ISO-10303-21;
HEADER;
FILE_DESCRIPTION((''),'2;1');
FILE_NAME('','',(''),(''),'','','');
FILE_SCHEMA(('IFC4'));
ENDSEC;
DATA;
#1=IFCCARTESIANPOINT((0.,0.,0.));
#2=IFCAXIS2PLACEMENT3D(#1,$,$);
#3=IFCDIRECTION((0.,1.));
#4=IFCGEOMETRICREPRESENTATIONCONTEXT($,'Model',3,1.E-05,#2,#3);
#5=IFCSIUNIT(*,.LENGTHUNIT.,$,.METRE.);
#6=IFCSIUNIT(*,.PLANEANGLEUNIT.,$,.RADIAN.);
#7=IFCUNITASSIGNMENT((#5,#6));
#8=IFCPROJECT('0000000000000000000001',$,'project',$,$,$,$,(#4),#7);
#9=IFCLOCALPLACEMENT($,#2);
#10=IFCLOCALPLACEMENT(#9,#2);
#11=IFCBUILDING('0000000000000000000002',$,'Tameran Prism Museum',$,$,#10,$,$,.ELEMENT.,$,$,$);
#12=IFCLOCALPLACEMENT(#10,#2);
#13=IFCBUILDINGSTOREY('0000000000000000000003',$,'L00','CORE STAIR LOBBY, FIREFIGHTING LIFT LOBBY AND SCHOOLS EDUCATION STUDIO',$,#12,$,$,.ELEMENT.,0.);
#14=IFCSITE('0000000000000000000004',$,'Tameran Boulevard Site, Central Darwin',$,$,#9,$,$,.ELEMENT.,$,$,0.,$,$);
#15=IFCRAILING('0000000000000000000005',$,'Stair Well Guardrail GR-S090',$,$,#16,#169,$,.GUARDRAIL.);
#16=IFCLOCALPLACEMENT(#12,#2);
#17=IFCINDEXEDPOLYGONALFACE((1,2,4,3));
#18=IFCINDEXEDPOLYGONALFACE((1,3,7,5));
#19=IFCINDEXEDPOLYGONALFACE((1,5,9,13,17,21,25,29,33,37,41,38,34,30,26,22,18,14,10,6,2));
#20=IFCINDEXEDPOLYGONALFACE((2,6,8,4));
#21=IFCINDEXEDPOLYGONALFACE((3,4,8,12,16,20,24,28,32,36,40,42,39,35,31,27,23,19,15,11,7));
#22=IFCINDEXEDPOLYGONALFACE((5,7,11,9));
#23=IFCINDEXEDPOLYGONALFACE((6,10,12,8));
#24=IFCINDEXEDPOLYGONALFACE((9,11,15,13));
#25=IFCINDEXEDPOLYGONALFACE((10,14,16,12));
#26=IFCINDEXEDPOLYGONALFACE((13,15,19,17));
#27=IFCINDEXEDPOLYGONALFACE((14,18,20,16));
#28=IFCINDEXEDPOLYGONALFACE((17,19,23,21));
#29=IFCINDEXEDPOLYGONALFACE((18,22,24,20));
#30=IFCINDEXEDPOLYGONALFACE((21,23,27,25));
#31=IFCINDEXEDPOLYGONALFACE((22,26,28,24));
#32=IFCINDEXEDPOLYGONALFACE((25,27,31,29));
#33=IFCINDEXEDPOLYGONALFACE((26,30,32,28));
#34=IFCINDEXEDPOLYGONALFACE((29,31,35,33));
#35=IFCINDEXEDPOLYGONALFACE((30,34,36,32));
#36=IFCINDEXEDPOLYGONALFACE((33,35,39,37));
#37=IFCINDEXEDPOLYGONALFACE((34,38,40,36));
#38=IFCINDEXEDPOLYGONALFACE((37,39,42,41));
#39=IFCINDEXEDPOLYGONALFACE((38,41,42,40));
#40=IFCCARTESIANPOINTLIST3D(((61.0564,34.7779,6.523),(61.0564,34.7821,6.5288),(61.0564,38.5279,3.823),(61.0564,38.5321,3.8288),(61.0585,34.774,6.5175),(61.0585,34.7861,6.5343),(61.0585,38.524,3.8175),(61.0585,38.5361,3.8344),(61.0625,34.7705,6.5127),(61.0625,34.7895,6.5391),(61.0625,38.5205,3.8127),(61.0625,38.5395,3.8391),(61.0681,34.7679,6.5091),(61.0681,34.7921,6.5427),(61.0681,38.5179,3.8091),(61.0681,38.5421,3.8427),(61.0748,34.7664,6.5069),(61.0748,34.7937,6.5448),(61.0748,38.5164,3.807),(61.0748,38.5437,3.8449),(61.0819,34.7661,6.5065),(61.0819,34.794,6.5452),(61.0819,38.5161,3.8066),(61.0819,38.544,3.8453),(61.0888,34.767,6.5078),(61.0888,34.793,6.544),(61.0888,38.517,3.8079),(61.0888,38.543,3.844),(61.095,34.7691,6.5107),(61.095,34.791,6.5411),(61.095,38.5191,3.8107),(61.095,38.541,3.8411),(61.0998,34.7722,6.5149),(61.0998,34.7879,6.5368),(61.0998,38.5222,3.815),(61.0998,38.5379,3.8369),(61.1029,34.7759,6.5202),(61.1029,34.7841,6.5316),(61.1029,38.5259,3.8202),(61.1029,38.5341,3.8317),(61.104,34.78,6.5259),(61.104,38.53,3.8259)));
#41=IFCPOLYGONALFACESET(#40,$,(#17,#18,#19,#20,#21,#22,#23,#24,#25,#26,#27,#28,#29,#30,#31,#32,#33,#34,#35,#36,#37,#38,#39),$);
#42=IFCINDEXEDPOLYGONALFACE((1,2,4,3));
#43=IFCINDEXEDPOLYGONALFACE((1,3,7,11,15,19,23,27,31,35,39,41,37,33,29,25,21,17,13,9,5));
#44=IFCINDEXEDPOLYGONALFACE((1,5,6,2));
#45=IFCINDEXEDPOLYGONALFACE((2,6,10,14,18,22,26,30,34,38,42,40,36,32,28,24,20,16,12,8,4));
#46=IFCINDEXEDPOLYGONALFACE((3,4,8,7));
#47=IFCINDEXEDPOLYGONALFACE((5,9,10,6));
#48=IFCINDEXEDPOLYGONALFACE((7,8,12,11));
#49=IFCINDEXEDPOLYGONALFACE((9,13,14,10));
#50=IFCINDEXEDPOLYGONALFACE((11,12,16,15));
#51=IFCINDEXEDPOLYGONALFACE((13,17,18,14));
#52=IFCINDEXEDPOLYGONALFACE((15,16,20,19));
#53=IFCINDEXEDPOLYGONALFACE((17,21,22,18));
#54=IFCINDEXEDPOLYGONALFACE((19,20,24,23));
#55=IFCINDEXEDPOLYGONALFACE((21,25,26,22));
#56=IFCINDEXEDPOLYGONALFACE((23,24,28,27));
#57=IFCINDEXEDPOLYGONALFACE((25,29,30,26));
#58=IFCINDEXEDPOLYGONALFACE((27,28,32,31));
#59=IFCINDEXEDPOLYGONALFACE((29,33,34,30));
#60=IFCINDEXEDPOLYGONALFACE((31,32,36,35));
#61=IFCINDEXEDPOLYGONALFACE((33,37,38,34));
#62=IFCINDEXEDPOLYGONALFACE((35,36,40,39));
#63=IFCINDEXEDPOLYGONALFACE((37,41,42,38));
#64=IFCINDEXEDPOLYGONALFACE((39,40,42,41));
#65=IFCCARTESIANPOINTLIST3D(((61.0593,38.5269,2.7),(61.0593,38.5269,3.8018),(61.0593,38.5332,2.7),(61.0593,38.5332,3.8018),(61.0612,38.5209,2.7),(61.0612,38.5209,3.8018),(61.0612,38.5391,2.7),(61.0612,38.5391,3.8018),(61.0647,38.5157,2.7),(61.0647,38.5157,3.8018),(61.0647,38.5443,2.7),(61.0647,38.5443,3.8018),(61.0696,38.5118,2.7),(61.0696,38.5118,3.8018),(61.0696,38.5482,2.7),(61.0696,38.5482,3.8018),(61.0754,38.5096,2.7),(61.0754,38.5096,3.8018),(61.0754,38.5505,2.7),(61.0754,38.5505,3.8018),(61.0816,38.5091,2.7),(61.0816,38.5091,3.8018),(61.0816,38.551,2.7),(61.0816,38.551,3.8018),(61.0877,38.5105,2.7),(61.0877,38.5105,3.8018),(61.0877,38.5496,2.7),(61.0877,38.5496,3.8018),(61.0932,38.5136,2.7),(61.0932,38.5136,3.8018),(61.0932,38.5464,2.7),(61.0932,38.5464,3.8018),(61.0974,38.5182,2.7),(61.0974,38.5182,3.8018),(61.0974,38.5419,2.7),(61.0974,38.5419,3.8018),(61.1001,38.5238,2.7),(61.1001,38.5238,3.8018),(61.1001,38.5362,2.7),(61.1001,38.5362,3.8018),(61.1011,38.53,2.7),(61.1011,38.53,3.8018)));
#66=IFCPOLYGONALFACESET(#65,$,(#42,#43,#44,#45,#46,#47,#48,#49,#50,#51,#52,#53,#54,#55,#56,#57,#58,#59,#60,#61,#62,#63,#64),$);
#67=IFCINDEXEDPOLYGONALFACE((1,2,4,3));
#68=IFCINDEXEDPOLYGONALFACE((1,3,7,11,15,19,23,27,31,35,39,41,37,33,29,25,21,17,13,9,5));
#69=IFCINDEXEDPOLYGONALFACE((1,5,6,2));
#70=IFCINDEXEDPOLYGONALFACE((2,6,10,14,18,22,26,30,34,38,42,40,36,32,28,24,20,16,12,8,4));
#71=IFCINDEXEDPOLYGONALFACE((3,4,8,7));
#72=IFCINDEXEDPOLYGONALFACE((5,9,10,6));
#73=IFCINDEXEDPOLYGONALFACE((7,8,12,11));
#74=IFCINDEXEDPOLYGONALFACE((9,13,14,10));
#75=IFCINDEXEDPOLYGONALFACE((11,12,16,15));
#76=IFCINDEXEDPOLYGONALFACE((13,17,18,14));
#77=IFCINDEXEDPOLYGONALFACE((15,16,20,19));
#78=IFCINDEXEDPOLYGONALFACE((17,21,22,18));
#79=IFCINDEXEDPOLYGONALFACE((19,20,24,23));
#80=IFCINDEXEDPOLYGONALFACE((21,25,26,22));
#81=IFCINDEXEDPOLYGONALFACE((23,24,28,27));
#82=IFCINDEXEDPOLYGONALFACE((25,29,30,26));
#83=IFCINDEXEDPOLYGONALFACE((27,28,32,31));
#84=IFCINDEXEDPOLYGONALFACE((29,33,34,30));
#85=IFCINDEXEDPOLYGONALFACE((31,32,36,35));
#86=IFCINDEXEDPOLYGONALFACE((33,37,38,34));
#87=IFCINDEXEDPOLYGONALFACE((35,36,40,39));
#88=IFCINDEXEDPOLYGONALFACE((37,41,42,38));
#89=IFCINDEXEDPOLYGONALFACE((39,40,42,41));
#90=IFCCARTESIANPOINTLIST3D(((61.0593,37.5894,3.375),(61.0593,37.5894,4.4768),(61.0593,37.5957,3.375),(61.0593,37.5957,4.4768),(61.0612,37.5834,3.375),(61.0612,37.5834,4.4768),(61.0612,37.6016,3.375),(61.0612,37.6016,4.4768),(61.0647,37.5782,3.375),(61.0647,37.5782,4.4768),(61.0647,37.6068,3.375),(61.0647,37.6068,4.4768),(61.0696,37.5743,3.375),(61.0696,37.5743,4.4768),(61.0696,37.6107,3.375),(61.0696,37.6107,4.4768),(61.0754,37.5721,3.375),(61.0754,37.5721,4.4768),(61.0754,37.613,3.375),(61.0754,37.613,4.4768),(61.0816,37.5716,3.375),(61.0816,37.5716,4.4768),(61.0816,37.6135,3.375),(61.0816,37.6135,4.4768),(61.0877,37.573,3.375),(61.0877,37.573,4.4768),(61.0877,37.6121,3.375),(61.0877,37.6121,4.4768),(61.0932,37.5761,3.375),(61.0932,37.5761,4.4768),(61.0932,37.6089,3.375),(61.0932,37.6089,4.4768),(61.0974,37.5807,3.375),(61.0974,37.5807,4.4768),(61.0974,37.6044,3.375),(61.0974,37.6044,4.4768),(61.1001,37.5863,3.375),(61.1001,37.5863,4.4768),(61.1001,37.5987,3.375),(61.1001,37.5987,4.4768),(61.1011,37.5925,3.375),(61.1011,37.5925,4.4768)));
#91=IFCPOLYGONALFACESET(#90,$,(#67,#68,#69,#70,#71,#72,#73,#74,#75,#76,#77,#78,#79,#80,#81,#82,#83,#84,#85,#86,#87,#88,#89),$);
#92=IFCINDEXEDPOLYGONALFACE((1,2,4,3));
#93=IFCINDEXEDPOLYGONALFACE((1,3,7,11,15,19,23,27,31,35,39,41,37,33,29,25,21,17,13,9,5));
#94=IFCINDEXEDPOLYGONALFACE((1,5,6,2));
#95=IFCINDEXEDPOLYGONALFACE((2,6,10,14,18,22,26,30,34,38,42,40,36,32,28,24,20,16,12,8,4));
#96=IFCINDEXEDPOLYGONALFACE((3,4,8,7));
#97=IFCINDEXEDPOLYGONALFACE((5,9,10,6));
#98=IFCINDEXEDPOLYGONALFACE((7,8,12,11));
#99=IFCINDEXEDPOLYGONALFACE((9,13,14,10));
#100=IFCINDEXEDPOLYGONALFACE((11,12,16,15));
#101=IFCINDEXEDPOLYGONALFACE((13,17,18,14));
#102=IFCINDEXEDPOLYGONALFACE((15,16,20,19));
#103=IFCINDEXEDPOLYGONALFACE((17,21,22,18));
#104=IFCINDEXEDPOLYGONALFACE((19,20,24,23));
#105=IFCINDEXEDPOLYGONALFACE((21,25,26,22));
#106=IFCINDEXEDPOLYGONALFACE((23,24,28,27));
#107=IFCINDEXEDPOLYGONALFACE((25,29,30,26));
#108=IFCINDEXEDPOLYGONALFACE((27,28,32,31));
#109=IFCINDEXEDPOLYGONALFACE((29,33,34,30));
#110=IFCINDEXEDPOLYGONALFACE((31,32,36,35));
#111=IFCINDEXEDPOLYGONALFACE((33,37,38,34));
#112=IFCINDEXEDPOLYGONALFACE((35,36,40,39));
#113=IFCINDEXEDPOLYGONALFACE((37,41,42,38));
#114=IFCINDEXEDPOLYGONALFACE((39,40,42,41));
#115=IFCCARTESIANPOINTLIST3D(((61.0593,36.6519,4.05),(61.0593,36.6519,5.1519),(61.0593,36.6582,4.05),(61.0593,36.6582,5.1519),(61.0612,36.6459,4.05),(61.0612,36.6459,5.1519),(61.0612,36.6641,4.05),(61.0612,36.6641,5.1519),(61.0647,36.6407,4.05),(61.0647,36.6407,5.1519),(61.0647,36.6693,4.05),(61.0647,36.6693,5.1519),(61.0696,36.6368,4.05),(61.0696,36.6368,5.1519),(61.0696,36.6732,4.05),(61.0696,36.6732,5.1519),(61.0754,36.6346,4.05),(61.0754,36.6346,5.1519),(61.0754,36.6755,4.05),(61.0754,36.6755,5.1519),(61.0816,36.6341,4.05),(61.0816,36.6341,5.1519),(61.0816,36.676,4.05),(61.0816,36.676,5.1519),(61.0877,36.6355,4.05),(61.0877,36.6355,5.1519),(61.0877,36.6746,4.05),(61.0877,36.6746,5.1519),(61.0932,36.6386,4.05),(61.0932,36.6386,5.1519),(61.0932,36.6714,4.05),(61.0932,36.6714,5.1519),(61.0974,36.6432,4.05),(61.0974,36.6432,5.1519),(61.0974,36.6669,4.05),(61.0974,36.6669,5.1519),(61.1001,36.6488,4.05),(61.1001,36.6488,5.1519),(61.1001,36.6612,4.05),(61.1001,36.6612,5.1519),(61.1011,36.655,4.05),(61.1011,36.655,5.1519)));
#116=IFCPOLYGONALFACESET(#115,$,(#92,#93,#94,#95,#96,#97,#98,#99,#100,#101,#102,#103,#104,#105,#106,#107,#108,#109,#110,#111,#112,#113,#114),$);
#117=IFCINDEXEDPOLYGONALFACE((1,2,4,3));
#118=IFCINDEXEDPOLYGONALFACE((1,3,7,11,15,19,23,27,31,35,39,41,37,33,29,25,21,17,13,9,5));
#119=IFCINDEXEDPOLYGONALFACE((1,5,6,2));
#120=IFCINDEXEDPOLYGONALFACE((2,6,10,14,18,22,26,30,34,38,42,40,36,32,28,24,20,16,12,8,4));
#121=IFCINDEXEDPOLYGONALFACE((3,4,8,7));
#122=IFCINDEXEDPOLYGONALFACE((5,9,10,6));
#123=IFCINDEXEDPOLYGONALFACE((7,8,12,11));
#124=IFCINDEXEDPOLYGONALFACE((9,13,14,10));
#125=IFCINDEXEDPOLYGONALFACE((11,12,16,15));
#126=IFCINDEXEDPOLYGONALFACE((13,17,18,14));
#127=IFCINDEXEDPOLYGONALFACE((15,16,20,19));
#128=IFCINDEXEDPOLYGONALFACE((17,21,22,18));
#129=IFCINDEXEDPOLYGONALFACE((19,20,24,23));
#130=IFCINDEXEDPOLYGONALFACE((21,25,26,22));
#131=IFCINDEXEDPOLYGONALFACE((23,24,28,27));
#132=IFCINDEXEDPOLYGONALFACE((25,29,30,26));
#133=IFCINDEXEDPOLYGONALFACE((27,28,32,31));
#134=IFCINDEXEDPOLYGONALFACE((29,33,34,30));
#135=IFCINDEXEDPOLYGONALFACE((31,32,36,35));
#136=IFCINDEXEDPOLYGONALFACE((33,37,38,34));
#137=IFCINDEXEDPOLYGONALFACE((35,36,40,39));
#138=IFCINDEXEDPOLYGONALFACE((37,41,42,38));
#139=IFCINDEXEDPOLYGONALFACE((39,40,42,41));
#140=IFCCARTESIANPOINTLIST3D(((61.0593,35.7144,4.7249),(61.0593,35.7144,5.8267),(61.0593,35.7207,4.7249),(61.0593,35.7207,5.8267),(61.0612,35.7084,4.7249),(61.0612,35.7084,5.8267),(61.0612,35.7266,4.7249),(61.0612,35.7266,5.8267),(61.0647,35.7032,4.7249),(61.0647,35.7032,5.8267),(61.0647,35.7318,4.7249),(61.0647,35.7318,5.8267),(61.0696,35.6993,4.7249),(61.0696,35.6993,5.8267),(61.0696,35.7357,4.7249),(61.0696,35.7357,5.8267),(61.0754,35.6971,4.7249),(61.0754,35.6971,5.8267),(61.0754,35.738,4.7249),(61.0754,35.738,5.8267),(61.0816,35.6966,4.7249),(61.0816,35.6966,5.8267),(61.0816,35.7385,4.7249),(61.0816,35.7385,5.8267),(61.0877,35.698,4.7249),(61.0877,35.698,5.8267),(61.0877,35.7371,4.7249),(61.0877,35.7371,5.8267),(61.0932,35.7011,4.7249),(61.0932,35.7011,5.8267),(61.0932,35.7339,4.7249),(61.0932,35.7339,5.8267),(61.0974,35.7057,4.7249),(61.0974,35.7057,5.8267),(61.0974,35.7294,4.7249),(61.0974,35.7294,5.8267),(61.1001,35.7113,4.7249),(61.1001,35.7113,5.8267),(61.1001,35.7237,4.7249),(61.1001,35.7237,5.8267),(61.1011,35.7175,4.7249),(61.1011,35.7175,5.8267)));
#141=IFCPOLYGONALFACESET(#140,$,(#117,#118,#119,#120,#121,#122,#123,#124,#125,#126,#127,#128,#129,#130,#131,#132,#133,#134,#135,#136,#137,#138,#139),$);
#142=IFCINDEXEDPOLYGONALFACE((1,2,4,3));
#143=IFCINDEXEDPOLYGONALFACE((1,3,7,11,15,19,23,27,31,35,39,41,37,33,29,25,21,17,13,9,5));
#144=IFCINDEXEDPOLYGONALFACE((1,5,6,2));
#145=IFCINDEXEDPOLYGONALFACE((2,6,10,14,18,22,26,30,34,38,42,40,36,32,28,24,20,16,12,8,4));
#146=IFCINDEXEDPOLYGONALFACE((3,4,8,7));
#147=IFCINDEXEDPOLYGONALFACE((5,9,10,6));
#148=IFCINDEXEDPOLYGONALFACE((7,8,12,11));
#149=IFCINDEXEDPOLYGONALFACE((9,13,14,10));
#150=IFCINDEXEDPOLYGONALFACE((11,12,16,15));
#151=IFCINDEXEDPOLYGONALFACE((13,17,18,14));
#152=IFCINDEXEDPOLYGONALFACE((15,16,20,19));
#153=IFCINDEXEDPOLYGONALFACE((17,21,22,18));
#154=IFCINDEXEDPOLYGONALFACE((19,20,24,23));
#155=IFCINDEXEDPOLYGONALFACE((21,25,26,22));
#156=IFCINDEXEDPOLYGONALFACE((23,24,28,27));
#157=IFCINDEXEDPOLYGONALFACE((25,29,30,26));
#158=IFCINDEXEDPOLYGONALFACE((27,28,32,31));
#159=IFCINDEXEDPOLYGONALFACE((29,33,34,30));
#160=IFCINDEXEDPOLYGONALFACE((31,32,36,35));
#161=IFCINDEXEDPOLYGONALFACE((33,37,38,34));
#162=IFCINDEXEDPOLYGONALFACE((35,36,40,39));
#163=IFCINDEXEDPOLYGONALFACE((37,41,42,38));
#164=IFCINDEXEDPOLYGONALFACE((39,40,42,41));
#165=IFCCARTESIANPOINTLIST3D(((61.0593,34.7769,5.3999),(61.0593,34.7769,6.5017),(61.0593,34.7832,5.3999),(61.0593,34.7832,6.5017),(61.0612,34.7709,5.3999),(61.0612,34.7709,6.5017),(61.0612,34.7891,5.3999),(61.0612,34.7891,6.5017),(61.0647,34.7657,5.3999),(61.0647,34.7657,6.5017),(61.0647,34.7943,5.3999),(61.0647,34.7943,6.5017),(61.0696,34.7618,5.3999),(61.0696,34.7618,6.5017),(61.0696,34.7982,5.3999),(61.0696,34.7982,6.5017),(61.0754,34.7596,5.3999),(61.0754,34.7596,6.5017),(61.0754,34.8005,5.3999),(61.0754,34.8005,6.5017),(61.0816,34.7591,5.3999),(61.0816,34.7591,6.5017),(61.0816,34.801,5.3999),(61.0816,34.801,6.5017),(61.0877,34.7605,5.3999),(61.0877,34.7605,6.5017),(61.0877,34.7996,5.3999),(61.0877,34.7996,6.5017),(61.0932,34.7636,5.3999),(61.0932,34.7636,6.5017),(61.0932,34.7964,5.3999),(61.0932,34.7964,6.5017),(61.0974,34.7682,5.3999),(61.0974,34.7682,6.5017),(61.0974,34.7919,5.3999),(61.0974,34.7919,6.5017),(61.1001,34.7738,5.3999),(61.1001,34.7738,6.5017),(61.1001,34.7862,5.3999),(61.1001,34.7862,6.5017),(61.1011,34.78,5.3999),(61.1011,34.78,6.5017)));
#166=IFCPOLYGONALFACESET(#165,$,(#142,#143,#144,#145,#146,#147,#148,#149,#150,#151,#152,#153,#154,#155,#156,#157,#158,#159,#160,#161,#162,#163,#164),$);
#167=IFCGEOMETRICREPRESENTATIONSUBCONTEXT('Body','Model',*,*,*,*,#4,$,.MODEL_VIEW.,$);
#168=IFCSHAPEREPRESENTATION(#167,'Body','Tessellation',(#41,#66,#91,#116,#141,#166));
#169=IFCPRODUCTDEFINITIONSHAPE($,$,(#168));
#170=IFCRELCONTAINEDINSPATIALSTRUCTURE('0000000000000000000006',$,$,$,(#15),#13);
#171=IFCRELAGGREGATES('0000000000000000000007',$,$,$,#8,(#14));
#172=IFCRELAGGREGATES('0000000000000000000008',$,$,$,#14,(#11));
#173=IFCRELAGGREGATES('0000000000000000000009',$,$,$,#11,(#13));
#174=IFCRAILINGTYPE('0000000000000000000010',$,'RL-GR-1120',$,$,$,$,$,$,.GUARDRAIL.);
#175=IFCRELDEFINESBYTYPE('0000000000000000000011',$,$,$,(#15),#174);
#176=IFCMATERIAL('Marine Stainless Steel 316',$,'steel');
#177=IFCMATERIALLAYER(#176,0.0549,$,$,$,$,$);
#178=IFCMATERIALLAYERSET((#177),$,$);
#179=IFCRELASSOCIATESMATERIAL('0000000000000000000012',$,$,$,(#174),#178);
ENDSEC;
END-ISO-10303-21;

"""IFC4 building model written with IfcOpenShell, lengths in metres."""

from ifc_helpers import new_model, si_unit, direction, frame, origin, origin_2d, place, context, subcontext, project, spatial, circle, extrude, material, layer, layer_set, type_object, element, save


model = new_model("IFC4")

# Units and contexts
model_context = context("Model", 3, precision=1e-05, world=origin(), true_north=direction((0.0, 1.0)))
body_context = subcontext(model_context, "Body", "Model", "MODEL_VIEW")
ifc_project = project(units=[si_unit("LENGTHUNIT", "METRE"), si_unit("PLANEANGLEUNIT", "RADIAN")], contexts=[model_context])

# Site, building, storey
site_placement = place(None, origin())
site = spatial("IfcSite", under=ifc_project, at=site_placement, Name="Tameran Boulevard Site, Central Darwin", CompositionType="ELEMENT", RefElevation=0.0)
building_placement = place(site_placement, origin())
building = spatial("IfcBuilding", under=site, at=building_placement, Name="Tameran Prism Museum", CompositionType="ELEMENT")
storey_placement = place(building_placement, origin())
storey = spatial("IfcBuildingStorey", under=building, at=storey_placement, Name="L00", Description="CORE STAIR LOBBY, FIREFIGHTING LIFT LOBBY AND SCHOOLS EDUCATION STUDIO", CompositionType="ELEMENT", Elevation=0.0)

# Railing
ifc_material_1 = material(Name="Marine Stainless Steel 316", Category="steel")
ifc_layer_1 = layer(ifc_material_1, 0.0549)
ifc_layer_set_1 = layer_set([ifc_layer_1])
railing_type_1 = type_object("IfcRailingType", Name="RL-GR-1120", PredefinedType="GUARDRAIL", material=ifc_layer_set_1)
railing_1_placement = place(storey_placement, frame((61.0801, 38.53, 2.7)))
element("IfcRailing", 1, at=railing_1_placement, inside=storey, type_object=railing_type_1, Name="Stair Well Guardrail GR-S090", PredefinedType="GUARDRAIL", context=body_context, shape_type="SweptSolid", body=[
    extrude(circle(Radius=0.0239, at=origin_2d()), frame((0.0, 0.0, 1.126), z_axis=(0.0, -0.811539, 0.584298), x_axis=(1.0, 0.0, 0.0)), (0.0, 0.0, 1.0), 4.6208),
    extrude(circle(Radius=0.021, at=origin_2d()), origin(), (0.0, 0.0, 1.0), 1.1018),
    extrude(circle(Radius=0.021, at=origin_2d()), frame((0.0, -0.9375, 0.675)), (0.0, 0.0, 1.0), 1.1018),
    extrude(circle(Radius=0.021, at=origin_2d()), frame((0.0, -1.875, 1.3501)), (0.0, 0.0, 1.0), 1.1018),
    extrude(circle(Radius=0.021, at=origin_2d()), frame((0.0, -2.8125, 2.0249)), (0.0, 0.0, 1.0), 1.1018),
    extrude(circle(Radius=0.021, at=origin_2d()), frame((0.0, -3.75, 2.7)), (0.0, 0.0, 1.0), 1.1018),
])

save(model, "model.ifc")
